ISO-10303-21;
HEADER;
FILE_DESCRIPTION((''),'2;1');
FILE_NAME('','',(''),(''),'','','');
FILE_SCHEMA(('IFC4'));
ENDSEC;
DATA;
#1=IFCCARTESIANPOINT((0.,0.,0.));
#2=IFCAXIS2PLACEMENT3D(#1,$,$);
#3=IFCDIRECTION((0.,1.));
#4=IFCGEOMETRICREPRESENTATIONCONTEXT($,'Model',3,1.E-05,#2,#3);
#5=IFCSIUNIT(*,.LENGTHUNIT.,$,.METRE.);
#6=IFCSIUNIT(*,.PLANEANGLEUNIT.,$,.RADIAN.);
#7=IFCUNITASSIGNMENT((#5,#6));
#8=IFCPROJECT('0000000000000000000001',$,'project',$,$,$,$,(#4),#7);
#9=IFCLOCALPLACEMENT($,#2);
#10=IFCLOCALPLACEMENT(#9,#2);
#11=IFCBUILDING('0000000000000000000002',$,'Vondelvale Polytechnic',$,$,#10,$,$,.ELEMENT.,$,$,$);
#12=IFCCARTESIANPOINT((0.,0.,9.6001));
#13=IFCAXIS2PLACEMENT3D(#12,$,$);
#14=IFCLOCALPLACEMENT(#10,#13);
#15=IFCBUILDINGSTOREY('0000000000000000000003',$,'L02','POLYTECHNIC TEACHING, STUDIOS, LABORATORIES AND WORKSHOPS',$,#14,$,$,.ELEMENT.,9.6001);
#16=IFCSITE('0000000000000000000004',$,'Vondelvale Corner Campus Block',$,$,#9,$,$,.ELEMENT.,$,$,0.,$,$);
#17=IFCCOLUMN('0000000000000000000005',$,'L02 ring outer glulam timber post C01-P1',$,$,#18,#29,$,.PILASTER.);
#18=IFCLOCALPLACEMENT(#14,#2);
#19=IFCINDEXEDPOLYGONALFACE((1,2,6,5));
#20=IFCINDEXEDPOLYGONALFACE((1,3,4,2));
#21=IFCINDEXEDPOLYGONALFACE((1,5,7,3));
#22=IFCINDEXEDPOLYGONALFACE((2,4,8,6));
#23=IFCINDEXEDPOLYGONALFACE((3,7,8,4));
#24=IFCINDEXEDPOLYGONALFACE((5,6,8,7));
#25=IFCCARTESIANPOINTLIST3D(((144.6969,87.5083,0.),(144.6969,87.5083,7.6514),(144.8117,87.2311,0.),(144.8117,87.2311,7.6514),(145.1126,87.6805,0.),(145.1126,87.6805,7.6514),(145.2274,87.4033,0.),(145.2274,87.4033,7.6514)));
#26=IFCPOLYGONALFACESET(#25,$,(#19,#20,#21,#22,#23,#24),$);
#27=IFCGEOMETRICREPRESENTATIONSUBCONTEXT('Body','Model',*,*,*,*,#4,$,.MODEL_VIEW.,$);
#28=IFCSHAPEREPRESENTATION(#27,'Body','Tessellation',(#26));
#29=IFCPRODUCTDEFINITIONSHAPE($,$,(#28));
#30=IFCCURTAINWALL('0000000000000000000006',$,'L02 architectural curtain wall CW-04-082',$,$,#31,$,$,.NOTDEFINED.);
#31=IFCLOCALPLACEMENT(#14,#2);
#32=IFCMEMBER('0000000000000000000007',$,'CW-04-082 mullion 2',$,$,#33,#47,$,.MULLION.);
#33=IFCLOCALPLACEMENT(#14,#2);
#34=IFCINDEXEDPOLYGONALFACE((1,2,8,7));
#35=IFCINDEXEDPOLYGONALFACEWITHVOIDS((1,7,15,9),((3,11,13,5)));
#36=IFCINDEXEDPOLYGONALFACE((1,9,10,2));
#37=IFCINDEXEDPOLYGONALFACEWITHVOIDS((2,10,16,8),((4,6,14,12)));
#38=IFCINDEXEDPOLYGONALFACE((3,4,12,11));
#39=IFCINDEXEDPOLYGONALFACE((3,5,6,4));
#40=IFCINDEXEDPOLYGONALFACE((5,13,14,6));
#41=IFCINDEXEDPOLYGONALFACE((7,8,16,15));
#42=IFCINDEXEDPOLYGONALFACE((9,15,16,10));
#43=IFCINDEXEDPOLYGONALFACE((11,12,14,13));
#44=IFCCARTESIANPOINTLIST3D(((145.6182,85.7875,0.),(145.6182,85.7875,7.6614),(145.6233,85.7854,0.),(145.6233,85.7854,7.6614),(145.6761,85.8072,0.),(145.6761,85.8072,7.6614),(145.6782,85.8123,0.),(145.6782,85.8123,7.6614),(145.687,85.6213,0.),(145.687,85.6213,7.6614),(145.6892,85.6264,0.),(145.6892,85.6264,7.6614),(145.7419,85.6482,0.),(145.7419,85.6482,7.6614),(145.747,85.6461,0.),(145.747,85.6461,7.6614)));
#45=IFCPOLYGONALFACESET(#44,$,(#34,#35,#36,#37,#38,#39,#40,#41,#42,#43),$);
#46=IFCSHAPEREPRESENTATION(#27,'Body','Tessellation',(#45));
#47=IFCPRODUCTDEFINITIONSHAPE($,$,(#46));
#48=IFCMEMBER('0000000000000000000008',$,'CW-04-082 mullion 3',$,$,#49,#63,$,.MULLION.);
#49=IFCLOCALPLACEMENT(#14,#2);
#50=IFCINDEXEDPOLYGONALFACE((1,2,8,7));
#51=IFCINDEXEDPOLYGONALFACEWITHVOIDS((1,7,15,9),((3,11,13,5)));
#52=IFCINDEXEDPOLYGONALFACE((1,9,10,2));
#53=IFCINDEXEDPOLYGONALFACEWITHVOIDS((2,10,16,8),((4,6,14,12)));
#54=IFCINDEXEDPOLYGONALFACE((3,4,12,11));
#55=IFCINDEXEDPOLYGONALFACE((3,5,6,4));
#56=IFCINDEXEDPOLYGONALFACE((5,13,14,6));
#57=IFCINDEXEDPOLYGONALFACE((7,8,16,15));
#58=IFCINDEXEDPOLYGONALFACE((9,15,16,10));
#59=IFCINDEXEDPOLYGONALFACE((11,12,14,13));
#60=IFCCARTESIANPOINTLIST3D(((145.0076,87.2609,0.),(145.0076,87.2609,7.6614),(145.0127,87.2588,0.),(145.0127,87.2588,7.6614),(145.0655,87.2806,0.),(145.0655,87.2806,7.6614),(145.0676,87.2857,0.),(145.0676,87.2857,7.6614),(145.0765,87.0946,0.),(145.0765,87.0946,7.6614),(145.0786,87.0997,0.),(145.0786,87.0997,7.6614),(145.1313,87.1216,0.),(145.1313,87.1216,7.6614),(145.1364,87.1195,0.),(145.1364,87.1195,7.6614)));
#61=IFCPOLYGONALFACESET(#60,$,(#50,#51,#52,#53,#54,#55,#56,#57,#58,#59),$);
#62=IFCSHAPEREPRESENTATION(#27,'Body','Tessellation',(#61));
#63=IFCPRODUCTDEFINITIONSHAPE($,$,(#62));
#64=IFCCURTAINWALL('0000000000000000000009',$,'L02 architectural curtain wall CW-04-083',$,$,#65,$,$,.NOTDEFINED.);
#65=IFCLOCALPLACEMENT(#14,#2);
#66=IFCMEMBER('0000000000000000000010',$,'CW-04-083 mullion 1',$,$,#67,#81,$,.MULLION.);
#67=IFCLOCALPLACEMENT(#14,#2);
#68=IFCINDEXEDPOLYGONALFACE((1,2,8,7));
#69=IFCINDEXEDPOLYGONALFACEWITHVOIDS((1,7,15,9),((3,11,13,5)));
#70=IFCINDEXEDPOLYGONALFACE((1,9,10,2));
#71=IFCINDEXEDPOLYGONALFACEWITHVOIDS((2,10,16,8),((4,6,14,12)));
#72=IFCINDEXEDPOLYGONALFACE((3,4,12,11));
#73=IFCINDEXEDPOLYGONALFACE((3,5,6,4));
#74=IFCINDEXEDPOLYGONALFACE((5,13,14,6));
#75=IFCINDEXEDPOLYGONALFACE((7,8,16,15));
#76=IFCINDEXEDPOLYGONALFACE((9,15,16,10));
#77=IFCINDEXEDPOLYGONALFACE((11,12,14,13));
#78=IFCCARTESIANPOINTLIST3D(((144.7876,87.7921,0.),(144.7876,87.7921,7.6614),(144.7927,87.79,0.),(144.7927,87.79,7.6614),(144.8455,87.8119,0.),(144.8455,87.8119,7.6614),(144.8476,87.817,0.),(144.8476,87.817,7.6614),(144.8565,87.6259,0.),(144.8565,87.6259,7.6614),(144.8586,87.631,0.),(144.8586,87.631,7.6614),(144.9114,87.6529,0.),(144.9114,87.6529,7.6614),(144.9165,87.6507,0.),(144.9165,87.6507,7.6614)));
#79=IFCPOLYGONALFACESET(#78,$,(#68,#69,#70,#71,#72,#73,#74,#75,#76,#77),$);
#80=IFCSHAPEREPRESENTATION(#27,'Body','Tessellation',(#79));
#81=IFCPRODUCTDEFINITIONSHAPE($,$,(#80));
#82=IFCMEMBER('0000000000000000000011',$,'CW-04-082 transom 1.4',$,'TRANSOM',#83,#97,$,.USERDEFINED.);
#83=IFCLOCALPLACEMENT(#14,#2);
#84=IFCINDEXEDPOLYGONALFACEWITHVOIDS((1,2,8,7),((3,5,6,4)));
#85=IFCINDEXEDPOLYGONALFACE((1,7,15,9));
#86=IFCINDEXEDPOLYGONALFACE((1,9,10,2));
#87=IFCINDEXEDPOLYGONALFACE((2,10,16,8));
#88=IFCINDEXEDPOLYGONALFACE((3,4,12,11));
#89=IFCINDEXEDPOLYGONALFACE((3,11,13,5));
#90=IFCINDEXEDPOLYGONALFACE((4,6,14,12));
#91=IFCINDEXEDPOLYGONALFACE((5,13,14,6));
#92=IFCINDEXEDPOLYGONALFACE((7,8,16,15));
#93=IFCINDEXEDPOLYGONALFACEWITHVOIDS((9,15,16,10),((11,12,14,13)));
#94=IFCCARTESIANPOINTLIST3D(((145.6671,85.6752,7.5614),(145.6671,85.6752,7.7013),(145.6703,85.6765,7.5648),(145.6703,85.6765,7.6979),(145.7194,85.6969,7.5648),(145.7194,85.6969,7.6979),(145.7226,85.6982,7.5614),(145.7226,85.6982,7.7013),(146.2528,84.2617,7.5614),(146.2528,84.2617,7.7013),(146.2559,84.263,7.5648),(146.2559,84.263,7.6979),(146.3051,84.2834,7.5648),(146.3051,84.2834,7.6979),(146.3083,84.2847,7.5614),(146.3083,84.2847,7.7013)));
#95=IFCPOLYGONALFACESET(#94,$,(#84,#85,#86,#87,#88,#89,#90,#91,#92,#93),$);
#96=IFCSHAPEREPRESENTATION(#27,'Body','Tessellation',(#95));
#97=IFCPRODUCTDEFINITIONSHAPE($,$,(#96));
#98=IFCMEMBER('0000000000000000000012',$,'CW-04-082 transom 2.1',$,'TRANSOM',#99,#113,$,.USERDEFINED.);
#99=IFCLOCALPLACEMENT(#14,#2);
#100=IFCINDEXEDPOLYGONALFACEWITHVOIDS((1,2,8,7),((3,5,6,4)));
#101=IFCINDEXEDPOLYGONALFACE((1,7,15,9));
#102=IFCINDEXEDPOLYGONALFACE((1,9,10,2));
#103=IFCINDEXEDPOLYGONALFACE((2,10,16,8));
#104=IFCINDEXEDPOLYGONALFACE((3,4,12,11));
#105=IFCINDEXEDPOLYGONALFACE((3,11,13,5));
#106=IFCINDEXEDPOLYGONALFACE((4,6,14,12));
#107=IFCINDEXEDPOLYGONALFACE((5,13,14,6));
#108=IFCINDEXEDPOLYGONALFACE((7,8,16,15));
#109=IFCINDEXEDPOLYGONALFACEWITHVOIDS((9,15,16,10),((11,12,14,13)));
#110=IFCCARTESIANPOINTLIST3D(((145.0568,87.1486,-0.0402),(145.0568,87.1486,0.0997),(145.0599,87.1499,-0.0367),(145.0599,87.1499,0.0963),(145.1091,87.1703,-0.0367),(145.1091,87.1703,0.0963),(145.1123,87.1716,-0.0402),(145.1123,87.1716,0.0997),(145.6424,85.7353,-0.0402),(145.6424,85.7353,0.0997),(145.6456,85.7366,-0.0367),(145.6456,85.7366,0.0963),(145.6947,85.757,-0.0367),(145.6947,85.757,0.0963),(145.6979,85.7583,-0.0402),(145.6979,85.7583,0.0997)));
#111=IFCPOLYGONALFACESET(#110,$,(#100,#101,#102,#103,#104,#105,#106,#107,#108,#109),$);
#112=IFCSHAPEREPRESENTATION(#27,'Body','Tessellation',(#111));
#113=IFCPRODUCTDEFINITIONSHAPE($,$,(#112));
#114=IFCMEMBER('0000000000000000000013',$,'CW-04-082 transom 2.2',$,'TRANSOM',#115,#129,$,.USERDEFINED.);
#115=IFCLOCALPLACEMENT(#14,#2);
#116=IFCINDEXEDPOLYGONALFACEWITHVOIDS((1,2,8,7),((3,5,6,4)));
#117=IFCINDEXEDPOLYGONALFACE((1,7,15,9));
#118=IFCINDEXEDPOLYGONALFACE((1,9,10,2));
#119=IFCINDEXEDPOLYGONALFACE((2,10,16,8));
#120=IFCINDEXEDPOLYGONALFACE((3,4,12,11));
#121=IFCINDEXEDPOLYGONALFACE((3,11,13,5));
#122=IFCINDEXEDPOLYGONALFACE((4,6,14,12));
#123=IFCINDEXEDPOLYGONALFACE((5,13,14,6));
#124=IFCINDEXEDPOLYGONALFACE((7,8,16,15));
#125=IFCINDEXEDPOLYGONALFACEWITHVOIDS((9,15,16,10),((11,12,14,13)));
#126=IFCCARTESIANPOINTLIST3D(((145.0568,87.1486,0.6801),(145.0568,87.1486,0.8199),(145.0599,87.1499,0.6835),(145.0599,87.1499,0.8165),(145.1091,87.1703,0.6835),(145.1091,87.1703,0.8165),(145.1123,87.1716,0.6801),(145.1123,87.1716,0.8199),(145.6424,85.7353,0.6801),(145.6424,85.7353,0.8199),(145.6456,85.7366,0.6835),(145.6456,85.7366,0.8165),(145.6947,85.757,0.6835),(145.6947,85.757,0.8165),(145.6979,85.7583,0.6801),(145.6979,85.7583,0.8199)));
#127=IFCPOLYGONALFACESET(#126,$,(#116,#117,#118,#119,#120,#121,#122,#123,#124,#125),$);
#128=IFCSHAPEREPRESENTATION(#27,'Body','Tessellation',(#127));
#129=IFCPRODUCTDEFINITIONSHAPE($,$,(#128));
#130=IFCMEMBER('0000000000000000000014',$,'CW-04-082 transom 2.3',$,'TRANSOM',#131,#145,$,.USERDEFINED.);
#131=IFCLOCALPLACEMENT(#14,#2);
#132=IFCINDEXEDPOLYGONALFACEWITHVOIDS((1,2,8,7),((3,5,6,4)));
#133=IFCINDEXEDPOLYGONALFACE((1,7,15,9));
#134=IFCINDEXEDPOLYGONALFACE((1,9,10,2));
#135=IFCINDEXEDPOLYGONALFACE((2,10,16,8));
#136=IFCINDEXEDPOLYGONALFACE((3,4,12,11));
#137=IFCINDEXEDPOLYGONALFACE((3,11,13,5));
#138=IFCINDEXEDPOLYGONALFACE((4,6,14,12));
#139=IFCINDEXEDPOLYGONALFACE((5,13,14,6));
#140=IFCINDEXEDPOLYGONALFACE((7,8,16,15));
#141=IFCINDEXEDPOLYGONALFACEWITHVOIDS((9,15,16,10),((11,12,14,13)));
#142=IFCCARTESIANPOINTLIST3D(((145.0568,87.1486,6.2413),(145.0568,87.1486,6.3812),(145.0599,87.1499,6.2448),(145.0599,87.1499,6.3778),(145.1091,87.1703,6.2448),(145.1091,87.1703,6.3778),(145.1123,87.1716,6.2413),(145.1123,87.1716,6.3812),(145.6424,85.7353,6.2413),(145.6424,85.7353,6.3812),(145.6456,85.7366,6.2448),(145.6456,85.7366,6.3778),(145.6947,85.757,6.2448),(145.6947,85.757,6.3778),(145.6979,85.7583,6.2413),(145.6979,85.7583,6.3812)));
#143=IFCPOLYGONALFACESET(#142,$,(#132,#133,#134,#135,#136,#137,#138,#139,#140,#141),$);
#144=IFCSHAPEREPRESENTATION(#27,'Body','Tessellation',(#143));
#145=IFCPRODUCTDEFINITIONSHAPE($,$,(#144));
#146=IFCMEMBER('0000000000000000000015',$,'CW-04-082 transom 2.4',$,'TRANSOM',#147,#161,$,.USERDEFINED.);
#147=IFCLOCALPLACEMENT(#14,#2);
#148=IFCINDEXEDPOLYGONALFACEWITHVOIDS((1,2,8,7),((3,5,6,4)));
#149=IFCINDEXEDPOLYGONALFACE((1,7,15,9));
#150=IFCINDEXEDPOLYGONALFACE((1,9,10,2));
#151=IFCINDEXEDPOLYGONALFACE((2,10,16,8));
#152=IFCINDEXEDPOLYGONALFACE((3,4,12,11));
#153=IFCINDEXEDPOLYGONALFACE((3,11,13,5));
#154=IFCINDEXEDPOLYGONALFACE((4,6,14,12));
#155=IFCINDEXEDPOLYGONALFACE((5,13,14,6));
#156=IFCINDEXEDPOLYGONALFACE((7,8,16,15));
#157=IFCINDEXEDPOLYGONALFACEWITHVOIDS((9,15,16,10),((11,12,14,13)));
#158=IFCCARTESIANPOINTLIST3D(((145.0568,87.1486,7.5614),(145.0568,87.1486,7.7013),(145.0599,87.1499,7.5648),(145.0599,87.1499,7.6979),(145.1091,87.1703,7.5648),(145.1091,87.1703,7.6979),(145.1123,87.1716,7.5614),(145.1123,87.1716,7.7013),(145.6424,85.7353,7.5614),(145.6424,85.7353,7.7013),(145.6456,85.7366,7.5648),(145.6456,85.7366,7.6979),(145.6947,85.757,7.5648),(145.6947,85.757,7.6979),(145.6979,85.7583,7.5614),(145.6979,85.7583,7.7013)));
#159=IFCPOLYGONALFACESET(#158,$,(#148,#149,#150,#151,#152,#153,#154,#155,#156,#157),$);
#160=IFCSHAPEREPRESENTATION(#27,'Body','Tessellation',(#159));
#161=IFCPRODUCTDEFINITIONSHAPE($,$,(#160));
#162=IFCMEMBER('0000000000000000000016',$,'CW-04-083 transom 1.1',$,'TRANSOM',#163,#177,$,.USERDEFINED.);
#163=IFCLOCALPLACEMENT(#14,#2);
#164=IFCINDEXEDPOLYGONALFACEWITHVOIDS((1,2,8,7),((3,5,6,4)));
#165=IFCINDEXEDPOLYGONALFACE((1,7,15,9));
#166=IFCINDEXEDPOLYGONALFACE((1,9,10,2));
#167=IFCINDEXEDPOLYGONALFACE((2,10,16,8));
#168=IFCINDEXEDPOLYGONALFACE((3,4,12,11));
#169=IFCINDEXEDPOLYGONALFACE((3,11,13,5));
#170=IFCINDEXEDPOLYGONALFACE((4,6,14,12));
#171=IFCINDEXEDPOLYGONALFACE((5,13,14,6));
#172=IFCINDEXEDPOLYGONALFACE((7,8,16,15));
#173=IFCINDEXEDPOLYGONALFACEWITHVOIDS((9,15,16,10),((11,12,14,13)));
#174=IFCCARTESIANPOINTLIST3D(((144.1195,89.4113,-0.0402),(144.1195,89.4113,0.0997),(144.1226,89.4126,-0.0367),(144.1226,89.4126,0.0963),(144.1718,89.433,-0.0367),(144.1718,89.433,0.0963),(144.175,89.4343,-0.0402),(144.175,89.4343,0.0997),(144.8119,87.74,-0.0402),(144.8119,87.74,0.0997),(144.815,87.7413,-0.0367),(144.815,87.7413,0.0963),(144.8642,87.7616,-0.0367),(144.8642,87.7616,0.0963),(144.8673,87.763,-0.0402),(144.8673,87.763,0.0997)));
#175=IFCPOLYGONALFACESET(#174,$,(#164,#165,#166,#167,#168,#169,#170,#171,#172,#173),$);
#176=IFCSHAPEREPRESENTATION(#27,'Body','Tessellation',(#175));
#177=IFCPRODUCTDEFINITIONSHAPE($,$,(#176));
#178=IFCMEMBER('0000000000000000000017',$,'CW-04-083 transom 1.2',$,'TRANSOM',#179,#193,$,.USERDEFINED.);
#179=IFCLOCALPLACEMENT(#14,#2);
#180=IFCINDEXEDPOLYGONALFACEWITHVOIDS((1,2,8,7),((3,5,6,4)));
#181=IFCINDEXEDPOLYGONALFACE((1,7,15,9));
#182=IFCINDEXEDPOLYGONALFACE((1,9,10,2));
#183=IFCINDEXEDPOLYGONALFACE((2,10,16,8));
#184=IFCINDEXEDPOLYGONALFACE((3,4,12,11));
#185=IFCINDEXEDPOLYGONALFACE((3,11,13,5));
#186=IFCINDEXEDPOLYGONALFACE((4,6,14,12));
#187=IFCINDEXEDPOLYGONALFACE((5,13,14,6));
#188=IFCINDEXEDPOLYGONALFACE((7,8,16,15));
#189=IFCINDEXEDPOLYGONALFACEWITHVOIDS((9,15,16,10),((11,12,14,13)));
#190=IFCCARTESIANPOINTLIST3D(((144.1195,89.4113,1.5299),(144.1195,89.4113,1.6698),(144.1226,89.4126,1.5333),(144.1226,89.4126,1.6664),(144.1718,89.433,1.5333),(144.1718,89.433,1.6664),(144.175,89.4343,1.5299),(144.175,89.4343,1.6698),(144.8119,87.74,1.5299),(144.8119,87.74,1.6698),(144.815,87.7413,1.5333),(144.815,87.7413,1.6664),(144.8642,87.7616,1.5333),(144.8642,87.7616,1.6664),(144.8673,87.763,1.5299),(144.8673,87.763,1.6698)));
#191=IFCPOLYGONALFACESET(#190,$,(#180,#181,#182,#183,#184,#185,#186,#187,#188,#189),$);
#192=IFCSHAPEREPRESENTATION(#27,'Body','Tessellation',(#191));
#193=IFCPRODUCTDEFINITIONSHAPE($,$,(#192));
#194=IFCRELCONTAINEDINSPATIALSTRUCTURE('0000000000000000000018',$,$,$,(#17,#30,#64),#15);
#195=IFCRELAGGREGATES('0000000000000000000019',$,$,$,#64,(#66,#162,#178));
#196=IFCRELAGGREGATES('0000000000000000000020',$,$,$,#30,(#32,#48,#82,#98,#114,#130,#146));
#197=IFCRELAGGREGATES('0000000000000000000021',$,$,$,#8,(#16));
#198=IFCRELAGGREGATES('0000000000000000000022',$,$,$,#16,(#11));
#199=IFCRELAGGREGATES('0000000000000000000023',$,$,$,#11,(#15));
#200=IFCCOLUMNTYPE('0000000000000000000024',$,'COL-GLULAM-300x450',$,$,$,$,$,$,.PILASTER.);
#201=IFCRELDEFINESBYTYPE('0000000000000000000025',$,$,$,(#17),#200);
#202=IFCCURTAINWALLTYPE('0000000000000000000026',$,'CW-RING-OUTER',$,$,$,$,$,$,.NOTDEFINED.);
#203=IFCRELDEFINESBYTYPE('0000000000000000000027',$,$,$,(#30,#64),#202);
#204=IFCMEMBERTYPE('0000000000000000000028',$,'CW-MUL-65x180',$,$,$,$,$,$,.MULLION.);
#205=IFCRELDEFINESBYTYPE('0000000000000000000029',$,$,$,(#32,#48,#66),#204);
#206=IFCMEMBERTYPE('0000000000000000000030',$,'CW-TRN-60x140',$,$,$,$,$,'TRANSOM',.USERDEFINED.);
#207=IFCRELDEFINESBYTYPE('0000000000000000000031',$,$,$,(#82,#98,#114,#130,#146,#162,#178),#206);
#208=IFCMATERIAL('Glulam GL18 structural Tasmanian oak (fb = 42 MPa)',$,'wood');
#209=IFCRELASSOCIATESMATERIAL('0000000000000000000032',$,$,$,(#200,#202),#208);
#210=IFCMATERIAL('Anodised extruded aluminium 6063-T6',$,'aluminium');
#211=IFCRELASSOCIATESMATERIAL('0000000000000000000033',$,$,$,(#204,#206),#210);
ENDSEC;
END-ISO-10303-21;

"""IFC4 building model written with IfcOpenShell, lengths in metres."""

from ifc_helpers import new_model, si_unit, direction, frame, origin, origin_2d, place, context, subcontext, project, spatial, rectangle, hollow_rectangle, extrude, material, material_profile, profile_set, type_object, element, aggregate, save


model = new_model("IFC4")

# Units and contexts
model_context = context("Model", 3, precision=1e-05, world=origin(), true_north=direction((0.0, 1.0)))
body_context = subcontext(model_context, "Body", "Model", "MODEL_VIEW")
ifc_project = project(units=[si_unit("LENGTHUNIT", "METRE"), si_unit("PLANEANGLEUNIT", "RADIAN")], contexts=[model_context])

# Site, building, storey
site_placement = place(None, origin())
site = spatial("IfcSite", under=ifc_project, at=site_placement, Name="Vondelvale Corner Campus Block", CompositionType="ELEMENT", RefElevation=0.0)
building_placement = place(site_placement, origin())
building = spatial("IfcBuilding", under=site, at=building_placement, Name="Vondelvale Polytechnic", CompositionType="ELEMENT")
storey_placement = place(building_placement, frame((0.0, 0.0, 9.6001)))
storey = spatial("IfcBuildingStorey", under=building, at=storey_placement, Name="L02", Description="POLYTECHNIC TEACHING, STUDIOS, LABORATORIES AND WORKSHOPS", CompositionType="ELEMENT", Elevation=9.6001)

# Column
ifc_material_1 = material(Name="Glulam GL18 structural Tasmanian oak (fb = 42 MPa)", Category="wood")
ifc_material_profile_1 = material_profile(ifc_material_1, rectangle(XDim=0.3, YDim=0.45, at=origin_2d()), Name="GL-POST-300x450")
ifc_profile_set_1 = profile_set([ifc_material_profile_1], Name="Glulam GL18 structural Tasmanian oak (fb = 42 MPa)")
column_type = type_object("IfcColumnType", Name="COL-GLULAM-300x450", PredefinedType="PILASTER", material=ifc_profile_set_1)
column_placement = place(storey_placement, frame((144.9622, 87.4558, 0.0), z_axis=(0.0, 0.0, 1.0), x_axis=(-0.382683, 0.92388, 0.0)))
element("IfcColumn", 1, at=column_placement, inside=storey, type_object=column_type, Name="L02 ring outer glulam timber post C01-P1", PredefinedType="PILASTER", context=body_context, shape_type="SweptSolid", body=[
    extrude(rectangle(XDim=0.3, YDim=0.45, at=origin_2d()), origin(), (0.0, 0.0, 1.0), 7.6514),
])

# Curtain wall, members
curtain_wall_type = type_object("IfcCurtainWallType", Name="CW-RING-OUTER", PredefinedType="NOTDEFINED", material=ifc_material_1)
curtain_wall_1_placement = place(storey_placement, origin())
curtain_wall_1 = element("IfcCurtainWall", 2, at=curtain_wall_1_placement, inside=storey, type_object=curtain_wall_type, Name="L02 architectural curtain wall CW-04-082", PredefinedType="NOTDEFINED")
ifc_material_2 = material(Name="Anodised extruded aluminium 6063-T6", Category="aluminium")
ifc_material_profile_2 = material_profile(ifc_material_2, hollow_rectangle(XDim=0.0649, YDim=0.1799, WallThickness=0.0039, at=origin_2d()), Name="CW-MUL-180x65")
ifc_profile_set_2 = profile_set([ifc_material_profile_2], Name="Anodised extruded aluminium 6063-T6")
member_type_1 = type_object("IfcMemberType", Name="CW-MUL-65x180", PredefinedType="MULLION", material=ifc_profile_set_2)
member_1_placement = place(storey_placement, frame((145.6826, 85.7168, 0.0), z_axis=(0.0, 0.0, 1.0), x_axis=(-0.923882, -0.382677, 0.0)))
member_1 = element("IfcMember", 3, at=member_1_placement, type_object=member_type_1, Name="CW-04-082 mullion 2", PredefinedType="MULLION", context=body_context, shape_type="SweptSolid", body=[
    extrude(hollow_rectangle(XDim=0.0649, YDim=0.1799, WallThickness=0.0039, at=origin_2d()), origin(), (0.0, 0.0, 1.0), 7.6614),
])
member_2_placement = place(storey_placement, frame((145.072, 87.1902, 0.0), z_axis=(0.0, 0.0, 1.0), x_axis=(-0.923882, -0.382677, 0.0)))
member_2 = element("IfcMember", 4, at=member_2_placement, type_object=member_type_1, Name="CW-04-082 mullion 3", PredefinedType="MULLION", context=body_context, shape_type="SweptSolid", body=[
    extrude(hollow_rectangle(XDim=0.0649, YDim=0.1799, WallThickness=0.0039, at=origin_2d()), origin(), (0.0, 0.0, 1.0), 7.6614),
])

# Curtain wall, member
curtain_wall_2_placement = place(storey_placement, origin())
curtain_wall_2 = element("IfcCurtainWall", 5, at=curtain_wall_2_placement, inside=storey, type_object=curtain_wall_type, Name="L02 architectural curtain wall CW-04-083", PredefinedType="NOTDEFINED")
member_3_placement = place(storey_placement, frame((144.8521, 87.7214, 0.0), z_axis=(0.0, 0.0, 1.0), x_axis=(-0.923875, -0.382695, 0.0)))
member_3 = element("IfcMember", 6, at=member_3_placement, type_object=member_type_1, Name="CW-04-083 mullion 1", PredefinedType="MULLION", context=body_context, shape_type="SweptSolid", body=[
    extrude(hollow_rectangle(XDim=0.0649, YDim=0.1799, WallThickness=0.0039, at=origin_2d()), origin(), (0.0, 0.0, 1.0), 7.6614),
])

# Members
ifc_material_profile_3 = material_profile(ifc_material_2, hollow_rectangle(XDim=0.0601, YDim=0.1399, WallThickness=0.0034, at=origin_2d()), Name="CW-TRN-140x60")
ifc_profile_set_3 = profile_set([ifc_material_profile_3], Name="Anodised extruded aluminium 6063-T6")
member_type_2 = type_object("IfcMemberType", Name="CW-TRN-60x140", ElementType="TRANSOM", PredefinedType="USERDEFINED", material=ifc_profile_set_3)
member_4_placement = place(storey_placement, frame((146.2805, 84.2732, 7.6313), z_axis=(-0.382779, 0.92384, 0.0), x_axis=(-0.92384, -0.382779, 0.0)))
member_4 = element("IfcMember", 7, at=member_4_placement, type_object=member_type_2, Name="CW-04-082 transom 1.4", ObjectType="TRANSOM", PredefinedType="USERDEFINED", context=body_context, shape_type="SweptSolid", body=[
    extrude(hollow_rectangle(XDim=0.0601, YDim=0.1399, WallThickness=0.0034, at=origin_2d()), origin(), (0.0, 0.0, 1.0), 1.53),
])
member_5_placement = place(storey_placement, frame((145.6702, 85.7468, 0.0298), z_axis=(-0.382836, 0.923816, 0.0), x_axis=(-0.923816, -0.382836, 0.0)))
member_5 = element("IfcMember", 8, at=member_5_placement, type_object=member_type_2, Name="CW-04-082 transom 2.1", ObjectType="TRANSOM", PredefinedType="USERDEFINED", context=body_context, shape_type="SweptSolid", body=[
    extrude(hollow_rectangle(XDim=0.0601, YDim=0.1399, WallThickness=0.0034, at=origin_2d()), origin(), (0.0, 0.0, 1.0), 1.5298),
])
member_6_placement = place(storey_placement, frame((145.6702, 85.7468, 0.75), z_axis=(-0.382836, 0.923816, 0.0), x_axis=(-0.923816, -0.382836, 0.0)))
member_6 = element("IfcMember", 9, at=member_6_placement, type_object=member_type_2, Name="CW-04-082 transom 2.2", ObjectType="TRANSOM", PredefinedType="USERDEFINED", context=body_context, shape_type="SweptSolid", body=[
    extrude(hollow_rectangle(XDim=0.0601, YDim=0.1399, WallThickness=0.0034, at=origin_2d()), origin(), (0.0, 0.0, 1.0), 1.5298),
])
member_7_placement = place(storey_placement, frame((145.6702, 85.7468, 6.3113), z_axis=(-0.382836, 0.923816, 0.0), x_axis=(-0.923816, -0.382836, 0.0)))
member_7 = element("IfcMember", 10, at=member_7_placement, type_object=member_type_2, Name="CW-04-082 transom 2.3", ObjectType="TRANSOM", PredefinedType="USERDEFINED", context=body_context, shape_type="SweptSolid", body=[
    extrude(hollow_rectangle(XDim=0.0601, YDim=0.1399, WallThickness=0.0034, at=origin_2d()), origin(), (0.0, 0.0, 1.0), 1.5298),
])
member_8_placement = place(storey_placement, frame((145.6702, 85.7468, 7.6313), z_axis=(-0.382836, 0.923816, 0.0), x_axis=(-0.923816, -0.382836, 0.0)))
member_8 = element("IfcMember", 11, at=member_8_placement, type_object=member_type_2, Name="CW-04-082 transom 2.4", ObjectType="TRANSOM", PredefinedType="USERDEFINED", context=body_context, shape_type="SweptSolid", body=[
    extrude(hollow_rectangle(XDim=0.0601, YDim=0.1399, WallThickness=0.0034, at=origin_2d()), origin(), (0.0, 0.0, 1.0), 1.5298),
])
member_9_placement = place(storey_placement, frame((144.8396, 87.7515, 0.0298), z_axis=(-0.382717, 0.923866, 0.0), x_axis=(-0.923866, -0.382717, 0.0)))
member_9 = element("IfcMember", 12, at=member_9_placement, type_object=member_type_2, Name="CW-04-083 transom 1.1", ObjectType="TRANSOM", PredefinedType="USERDEFINED", context=body_context, shape_type="SweptSolid", body=[
    extrude(hollow_rectangle(XDim=0.0601, YDim=0.1399, WallThickness=0.0034, at=origin_2d()), origin(), (0.0, 0.0, 1.0), 1.8091),
])
member_10_placement = place(storey_placement, frame((144.8396, 87.7515, 1.5999), z_axis=(-0.382717, 0.923866, 0.0), x_axis=(-0.923866, -0.382717, 0.0)))
member_10 = element("IfcMember", 13, at=member_10_placement, type_object=member_type_2, Name="CW-04-083 transom 1.2", ObjectType="TRANSOM", PredefinedType="USERDEFINED", context=body_context, shape_type="SweptSolid", body=[
    extrude(hollow_rectangle(XDim=0.0601, YDim=0.1399, WallThickness=0.0034, at=origin_2d()), origin(), (0.0, 0.0, 1.0), 1.8091),
])

aggregate(curtain_wall_2, [member_3, member_9, member_10])
aggregate(curtain_wall_1, [member_1, member_2, member_4, member_5, member_6, member_7, member_8])

save(model, "model.ifc")
